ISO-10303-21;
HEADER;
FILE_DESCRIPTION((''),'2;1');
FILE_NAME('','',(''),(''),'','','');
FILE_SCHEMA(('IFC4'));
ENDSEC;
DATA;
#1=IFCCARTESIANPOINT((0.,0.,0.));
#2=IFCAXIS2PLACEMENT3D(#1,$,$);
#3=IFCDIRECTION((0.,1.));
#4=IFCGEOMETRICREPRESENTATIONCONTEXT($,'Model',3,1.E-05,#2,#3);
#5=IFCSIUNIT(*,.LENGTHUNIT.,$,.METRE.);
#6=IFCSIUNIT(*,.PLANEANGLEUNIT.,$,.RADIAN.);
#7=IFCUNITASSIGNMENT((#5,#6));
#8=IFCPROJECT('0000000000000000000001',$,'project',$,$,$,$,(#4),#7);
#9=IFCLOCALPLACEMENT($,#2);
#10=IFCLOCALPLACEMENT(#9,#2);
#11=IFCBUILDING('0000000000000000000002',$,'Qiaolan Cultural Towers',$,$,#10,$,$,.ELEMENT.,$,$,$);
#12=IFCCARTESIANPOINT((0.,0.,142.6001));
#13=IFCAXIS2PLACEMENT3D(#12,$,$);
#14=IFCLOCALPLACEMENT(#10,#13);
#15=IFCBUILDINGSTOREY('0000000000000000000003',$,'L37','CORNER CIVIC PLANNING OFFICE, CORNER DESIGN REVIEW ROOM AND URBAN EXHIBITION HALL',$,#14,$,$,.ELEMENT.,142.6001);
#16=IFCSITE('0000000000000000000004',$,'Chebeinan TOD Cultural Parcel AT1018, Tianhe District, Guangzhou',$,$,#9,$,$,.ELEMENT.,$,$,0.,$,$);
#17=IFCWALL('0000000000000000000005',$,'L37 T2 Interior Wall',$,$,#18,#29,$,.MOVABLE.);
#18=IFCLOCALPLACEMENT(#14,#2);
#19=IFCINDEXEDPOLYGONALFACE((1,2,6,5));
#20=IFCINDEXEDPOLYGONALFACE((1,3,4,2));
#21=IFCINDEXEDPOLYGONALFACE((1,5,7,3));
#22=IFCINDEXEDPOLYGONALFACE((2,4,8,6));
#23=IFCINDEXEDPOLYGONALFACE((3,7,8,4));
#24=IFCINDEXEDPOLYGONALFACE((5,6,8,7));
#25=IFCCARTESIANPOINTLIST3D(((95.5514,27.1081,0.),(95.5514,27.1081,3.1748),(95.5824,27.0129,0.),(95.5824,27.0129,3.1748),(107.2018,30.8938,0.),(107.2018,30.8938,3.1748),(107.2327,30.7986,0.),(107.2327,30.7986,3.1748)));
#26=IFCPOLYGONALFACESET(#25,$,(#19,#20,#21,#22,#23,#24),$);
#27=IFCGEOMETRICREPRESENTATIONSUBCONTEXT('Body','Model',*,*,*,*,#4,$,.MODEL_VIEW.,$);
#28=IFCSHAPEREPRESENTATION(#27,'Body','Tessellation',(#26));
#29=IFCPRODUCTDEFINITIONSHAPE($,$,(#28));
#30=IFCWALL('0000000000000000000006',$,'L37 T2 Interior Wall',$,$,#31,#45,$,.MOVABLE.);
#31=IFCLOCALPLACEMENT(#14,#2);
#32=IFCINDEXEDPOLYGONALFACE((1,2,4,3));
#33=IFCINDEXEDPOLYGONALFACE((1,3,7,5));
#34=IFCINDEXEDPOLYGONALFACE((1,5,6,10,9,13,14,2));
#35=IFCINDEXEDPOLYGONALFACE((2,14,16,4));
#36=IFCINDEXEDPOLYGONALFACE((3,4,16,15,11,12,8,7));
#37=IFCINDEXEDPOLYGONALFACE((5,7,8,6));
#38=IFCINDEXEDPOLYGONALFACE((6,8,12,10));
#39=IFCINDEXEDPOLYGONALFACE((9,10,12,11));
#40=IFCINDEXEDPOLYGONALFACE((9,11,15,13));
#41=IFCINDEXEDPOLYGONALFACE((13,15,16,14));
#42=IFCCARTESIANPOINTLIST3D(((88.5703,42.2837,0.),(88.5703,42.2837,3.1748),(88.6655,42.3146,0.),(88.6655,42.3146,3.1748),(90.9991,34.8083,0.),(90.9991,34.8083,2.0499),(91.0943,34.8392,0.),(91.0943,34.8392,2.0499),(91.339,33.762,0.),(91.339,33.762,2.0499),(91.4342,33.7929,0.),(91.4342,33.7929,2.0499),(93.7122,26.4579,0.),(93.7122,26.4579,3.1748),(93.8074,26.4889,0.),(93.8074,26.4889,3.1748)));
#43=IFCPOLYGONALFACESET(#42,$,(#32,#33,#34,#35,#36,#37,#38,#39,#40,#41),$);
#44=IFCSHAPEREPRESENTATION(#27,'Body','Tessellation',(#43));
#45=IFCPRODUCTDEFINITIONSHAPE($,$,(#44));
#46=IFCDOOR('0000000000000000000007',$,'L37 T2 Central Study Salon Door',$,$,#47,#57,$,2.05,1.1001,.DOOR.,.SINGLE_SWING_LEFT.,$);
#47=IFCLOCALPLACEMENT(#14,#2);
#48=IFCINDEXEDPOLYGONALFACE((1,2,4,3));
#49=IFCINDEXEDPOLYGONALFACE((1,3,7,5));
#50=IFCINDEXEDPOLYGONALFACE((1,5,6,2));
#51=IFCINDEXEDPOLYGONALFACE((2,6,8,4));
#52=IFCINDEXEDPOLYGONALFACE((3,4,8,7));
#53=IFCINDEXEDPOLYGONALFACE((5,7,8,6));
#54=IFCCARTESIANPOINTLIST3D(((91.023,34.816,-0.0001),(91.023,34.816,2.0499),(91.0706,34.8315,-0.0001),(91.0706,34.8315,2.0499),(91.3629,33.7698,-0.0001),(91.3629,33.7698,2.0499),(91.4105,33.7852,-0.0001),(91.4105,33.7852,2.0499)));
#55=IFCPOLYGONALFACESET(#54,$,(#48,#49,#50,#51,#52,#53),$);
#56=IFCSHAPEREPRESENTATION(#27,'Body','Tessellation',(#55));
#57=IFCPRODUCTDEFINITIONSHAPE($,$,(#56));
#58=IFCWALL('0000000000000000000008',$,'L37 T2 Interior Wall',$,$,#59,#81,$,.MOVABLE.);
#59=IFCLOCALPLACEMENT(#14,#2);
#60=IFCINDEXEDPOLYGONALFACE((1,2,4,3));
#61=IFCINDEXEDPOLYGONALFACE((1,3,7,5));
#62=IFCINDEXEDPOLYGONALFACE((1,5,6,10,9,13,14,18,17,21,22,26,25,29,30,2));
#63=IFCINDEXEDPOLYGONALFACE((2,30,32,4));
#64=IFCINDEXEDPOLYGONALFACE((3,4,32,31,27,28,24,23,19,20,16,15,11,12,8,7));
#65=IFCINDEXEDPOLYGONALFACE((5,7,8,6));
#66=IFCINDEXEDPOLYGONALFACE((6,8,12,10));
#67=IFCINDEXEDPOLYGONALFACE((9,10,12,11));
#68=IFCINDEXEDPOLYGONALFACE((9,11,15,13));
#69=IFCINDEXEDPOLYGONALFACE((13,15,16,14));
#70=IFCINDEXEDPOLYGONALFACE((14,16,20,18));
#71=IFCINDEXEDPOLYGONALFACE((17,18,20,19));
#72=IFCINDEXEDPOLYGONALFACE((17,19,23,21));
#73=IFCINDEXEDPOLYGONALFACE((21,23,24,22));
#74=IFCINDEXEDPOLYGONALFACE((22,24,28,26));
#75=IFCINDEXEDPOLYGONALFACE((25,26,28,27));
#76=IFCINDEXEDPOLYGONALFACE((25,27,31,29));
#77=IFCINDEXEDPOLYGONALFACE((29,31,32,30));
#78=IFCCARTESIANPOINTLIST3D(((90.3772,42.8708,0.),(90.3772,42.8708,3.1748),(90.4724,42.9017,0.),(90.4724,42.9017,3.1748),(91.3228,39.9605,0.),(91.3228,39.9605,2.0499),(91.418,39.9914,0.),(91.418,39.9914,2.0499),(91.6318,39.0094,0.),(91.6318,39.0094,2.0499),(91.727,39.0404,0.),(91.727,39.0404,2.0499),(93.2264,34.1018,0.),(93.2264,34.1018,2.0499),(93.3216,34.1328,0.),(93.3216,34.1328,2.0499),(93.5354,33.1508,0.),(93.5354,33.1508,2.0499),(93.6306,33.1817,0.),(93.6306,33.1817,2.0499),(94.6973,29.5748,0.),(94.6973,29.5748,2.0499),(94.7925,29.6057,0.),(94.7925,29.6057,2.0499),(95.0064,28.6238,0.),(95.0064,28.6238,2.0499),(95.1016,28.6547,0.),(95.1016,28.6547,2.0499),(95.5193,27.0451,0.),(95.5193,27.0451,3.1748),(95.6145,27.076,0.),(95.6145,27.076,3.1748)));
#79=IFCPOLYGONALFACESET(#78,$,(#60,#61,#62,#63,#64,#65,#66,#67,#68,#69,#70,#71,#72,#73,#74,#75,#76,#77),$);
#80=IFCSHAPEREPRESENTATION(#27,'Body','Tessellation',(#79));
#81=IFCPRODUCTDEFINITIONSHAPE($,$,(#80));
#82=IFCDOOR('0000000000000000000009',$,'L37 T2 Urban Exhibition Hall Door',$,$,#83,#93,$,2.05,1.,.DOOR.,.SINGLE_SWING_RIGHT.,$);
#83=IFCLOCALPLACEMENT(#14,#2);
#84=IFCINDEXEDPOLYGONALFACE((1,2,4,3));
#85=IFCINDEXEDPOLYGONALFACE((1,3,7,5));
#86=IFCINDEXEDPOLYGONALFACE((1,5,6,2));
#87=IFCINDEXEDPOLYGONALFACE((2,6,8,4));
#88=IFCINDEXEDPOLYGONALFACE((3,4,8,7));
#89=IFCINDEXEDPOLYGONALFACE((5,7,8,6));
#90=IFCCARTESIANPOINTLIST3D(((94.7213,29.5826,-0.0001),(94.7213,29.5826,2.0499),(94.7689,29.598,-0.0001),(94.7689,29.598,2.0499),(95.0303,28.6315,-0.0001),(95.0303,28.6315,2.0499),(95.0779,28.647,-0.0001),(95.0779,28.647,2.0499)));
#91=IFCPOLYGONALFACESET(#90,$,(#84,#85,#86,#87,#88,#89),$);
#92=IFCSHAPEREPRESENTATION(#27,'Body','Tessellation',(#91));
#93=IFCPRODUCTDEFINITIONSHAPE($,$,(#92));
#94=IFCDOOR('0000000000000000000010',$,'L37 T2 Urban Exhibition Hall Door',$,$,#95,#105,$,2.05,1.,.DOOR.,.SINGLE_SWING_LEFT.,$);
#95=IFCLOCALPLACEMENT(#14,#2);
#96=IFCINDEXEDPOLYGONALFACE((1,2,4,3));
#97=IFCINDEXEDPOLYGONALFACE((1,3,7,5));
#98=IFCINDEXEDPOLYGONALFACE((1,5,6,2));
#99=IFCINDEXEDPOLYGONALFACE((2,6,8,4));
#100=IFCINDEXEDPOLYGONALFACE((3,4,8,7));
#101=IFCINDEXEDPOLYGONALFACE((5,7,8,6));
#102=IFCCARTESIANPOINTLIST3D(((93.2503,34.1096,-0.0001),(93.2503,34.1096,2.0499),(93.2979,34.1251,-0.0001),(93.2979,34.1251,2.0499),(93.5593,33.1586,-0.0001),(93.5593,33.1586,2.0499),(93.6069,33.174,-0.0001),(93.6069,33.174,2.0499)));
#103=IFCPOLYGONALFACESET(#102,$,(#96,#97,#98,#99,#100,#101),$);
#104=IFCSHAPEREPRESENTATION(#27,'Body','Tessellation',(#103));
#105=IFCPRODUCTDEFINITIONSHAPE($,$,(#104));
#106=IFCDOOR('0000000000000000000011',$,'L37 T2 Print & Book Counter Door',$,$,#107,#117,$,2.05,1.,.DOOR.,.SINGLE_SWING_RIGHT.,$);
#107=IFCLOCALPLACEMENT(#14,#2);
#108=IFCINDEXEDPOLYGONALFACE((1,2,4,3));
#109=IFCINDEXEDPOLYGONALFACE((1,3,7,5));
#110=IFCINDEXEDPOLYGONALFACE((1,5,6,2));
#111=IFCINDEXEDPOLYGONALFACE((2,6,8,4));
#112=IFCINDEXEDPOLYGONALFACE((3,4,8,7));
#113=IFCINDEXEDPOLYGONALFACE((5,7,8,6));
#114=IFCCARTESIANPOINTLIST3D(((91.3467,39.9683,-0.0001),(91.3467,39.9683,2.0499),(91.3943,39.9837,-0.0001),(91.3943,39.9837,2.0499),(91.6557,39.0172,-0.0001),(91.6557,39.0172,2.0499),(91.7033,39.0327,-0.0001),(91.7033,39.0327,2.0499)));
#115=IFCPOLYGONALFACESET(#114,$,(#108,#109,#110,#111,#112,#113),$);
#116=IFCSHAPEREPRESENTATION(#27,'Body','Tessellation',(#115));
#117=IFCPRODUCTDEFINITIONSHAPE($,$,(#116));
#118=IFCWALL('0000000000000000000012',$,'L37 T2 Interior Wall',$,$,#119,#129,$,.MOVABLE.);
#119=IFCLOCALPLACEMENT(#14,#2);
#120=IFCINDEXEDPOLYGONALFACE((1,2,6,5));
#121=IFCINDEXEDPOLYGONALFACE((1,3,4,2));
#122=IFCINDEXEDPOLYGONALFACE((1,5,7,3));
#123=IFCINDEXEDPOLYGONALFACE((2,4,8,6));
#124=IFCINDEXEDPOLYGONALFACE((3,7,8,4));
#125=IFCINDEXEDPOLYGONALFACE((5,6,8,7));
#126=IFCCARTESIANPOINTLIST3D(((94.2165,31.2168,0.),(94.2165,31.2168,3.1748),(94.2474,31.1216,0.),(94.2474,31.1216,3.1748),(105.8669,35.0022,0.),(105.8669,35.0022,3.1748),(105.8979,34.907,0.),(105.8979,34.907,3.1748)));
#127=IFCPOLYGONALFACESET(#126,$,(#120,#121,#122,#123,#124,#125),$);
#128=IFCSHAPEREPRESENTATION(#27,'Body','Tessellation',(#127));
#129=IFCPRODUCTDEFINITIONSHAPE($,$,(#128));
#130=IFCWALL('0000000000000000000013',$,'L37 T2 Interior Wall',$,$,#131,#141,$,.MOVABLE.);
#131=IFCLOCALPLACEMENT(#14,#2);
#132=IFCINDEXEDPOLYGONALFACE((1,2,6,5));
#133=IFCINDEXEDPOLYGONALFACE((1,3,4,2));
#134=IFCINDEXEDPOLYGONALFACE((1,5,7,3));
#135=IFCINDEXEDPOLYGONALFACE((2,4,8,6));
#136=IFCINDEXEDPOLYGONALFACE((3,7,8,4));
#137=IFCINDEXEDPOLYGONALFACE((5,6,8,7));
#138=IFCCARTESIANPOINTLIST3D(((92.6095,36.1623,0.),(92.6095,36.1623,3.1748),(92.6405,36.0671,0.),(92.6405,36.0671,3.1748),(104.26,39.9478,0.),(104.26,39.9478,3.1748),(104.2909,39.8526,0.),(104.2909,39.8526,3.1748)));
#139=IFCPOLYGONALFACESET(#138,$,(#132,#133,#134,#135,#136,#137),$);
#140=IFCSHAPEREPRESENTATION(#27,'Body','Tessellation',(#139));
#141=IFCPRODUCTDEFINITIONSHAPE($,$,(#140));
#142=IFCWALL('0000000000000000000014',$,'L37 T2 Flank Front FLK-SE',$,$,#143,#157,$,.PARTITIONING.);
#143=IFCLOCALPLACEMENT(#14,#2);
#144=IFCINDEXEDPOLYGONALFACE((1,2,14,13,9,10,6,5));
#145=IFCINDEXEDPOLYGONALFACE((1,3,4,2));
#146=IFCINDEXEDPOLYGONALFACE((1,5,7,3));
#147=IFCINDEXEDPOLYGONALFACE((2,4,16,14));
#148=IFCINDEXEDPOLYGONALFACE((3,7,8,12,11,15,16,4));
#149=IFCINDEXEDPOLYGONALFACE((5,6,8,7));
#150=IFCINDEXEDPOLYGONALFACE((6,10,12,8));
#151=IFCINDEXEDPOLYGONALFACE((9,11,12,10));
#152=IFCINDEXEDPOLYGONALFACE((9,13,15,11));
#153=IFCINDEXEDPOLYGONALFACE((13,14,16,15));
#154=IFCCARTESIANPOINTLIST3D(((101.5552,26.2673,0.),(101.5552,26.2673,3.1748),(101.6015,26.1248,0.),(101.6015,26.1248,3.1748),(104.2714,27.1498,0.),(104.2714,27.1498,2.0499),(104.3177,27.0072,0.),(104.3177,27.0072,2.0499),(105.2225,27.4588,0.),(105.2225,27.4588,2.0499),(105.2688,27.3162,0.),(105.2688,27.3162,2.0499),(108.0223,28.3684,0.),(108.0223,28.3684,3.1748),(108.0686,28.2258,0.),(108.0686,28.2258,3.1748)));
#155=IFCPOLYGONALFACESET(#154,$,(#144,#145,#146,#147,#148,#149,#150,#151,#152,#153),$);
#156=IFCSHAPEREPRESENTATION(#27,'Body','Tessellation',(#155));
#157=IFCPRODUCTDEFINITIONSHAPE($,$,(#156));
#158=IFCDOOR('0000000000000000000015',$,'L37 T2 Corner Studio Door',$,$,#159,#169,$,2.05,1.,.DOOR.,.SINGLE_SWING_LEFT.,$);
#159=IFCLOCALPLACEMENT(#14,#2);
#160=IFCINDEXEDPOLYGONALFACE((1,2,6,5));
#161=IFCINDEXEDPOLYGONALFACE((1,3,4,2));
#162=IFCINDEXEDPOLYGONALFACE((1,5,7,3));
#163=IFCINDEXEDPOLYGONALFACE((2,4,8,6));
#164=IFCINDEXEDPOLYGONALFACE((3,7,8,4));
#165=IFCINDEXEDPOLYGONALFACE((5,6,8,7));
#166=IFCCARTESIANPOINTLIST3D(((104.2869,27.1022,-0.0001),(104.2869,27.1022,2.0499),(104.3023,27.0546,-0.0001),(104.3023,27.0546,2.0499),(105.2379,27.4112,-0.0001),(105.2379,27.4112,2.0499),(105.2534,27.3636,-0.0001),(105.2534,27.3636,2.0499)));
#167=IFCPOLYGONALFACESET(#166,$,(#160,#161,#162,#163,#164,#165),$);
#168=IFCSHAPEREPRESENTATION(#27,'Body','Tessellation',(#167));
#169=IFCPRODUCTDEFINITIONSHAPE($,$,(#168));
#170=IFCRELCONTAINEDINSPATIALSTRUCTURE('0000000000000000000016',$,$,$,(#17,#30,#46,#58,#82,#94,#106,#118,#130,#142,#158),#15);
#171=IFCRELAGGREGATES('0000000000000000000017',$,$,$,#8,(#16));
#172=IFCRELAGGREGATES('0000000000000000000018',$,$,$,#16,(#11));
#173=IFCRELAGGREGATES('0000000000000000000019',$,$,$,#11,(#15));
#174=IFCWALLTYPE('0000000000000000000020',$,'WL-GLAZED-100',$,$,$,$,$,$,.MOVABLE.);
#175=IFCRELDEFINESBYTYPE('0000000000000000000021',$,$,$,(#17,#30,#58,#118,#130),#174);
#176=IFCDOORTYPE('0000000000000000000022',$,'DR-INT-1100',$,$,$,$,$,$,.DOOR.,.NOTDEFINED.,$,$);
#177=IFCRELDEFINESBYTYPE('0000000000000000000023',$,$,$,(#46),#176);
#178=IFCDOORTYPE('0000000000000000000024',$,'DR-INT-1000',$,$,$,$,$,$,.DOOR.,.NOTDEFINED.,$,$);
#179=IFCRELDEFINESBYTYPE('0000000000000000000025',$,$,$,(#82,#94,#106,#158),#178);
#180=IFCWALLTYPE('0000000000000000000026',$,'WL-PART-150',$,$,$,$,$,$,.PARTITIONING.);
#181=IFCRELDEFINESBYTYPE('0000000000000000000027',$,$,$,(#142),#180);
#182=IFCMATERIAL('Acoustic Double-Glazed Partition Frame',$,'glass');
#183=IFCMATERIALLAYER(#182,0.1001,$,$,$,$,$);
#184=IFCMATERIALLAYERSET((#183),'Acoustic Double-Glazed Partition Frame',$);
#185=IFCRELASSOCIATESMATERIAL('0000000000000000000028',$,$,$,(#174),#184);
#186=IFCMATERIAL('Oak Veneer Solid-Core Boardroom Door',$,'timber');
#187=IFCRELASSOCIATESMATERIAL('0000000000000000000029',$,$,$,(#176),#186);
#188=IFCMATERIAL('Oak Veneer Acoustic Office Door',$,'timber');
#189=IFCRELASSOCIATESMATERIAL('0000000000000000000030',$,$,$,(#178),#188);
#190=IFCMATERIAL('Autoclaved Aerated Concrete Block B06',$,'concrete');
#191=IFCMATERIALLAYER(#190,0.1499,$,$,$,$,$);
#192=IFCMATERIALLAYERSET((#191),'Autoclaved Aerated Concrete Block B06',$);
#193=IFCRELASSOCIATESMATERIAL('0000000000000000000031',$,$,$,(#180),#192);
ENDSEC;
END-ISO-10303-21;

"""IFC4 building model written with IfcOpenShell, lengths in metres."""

from ifc_helpers import new_model, si_unit, direction, frame, frame_2d, origin, place, context, subcontext, project, spatial, rectangle, extrude, material, layer, layer_set, type_object, element, fill, save


model = new_model("IFC4")

# Units and contexts
model_context = context("Model", 3, precision=1e-05, world=origin(), true_north=direction((0.0, 1.0)))
body_context = subcontext(model_context, "Body", "Model", "MODEL_VIEW")
ifc_project = project(units=[si_unit("LENGTHUNIT", "METRE"), si_unit("PLANEANGLEUNIT", "RADIAN")], contexts=[model_context])

# Site, building, storey
site_placement = place(None, origin())
site = spatial("IfcSite", under=ifc_project, at=site_placement, Name="Chebeinan TOD Cultural Parcel AT1018, Tianhe District, Guangzhou", CompositionType="ELEMENT", RefElevation=0.0)
building_placement = place(site_placement, origin())
building = spatial("IfcBuilding", under=site, at=building_placement, Name="Qiaolan Cultural Towers", CompositionType="ELEMENT")
storey_placement = place(building_placement, frame((0.0, 0.0, 142.6001)))
storey = spatial("IfcBuildingStorey", under=building, at=storey_placement, Name="L37", Description="CORNER CIVIC PLANNING OFFICE, CORNER DESIGN REVIEW ROOM AND URBAN EXHIBITION HALL", CompositionType="ELEMENT", Elevation=142.6001)

# Wall
ifc_material_1 = material(Name="Acoustic Double-Glazed Partition Frame", Category="glass")
ifc_layer_1 = layer(ifc_material_1, 0.1001)
ifc_layer_set_1 = layer_set([ifc_layer_1], Name="Acoustic Double-Glazed Partition Frame")
wall_type_1 = type_object("IfcWallType", Name="WL-GLAZED-100", PredefinedType="MOVABLE", material=ifc_layer_set_1)
wall_1_placement = place(storey_placement, frame((95.5669, 27.0605, 0.0), z_axis=(0.0, 0.0, 1.0), x_axis=(0.951052, 0.309032, 0.0)))
element("IfcWall", 1, at=wall_1_placement, inside=storey, type_object=wall_type_1, Name="L37 T2 Interior Wall", PredefinedType="MOVABLE", context=body_context, shape_type="SweptSolid", body=[
    extrude(rectangle(XDim=12.25, YDim=0.1001, at=frame_2d((6.125, 0.0))), origin(), (0.0, 0.0, 1.0), 3.1748),
])

# Wall, opening, door
wall_2_placement = place(storey_placement, frame((93.7598, 26.4734, 0.0), z_axis=(0.0, 0.0, 1.0), x_axis=(-0.309004, 0.951061, 0.0)))
wall_2 = element("IfcWall", 2, at=wall_2_placement, inside=storey, type_object=wall_type_1, Name="L37 T2 Interior Wall", PredefinedType="MOVABLE", context=body_context, shape_type="SweptSolid", body=[
    extrude(rectangle(XDim=16.6401, YDim=0.1001, at=frame_2d((8.3201, 0.0))), origin(), (0.0, 0.0, 1.0), 3.1748),
])
opening_1_placement = place(wall_2_placement, frame((7.6799, 0.0, 0.0)))
opening_1 = element("IfcOpeningElement", 3, at=opening_1_placement, cuts=wall_2, PredefinedType="OPENING", context=body_context, shape_type="SweptSolid", body=[
    extrude(rectangle(XDim=1.1001, YDim=2.05, at=frame_2d((0.55, 1.0249))), frame((0.0, 0.0601, 0.0), z_axis=(0.0, -1.0, 0.0), x_axis=(1.0, 0.0, 0.0)), (0.0, 0.0, 1.0), 0.1201),
])
ifc_material_2 = material(Name="Oak Veneer Solid-Core Boardroom Door", Category="timber")
door_type_1 = type_object("IfcDoorType", Name="DR-INT-1100", OperationType="NOTDEFINED", PredefinedType="DOOR", material=ifc_material_2)
door_1_placement = place(opening_1_placement, origin())
door_1 = element("IfcDoor", 4, at=door_1_placement, inside=storey, type_object=door_type_1, Name="L37 T2 Central Study Salon Door", OperationType="SINGLE_SWING_LEFT", OverallHeight=2.05, OverallWidth=1.1001, PredefinedType="DOOR", context=body_context, shape_type="SweptSolid", body=[
    extrude(rectangle(XDim=1.1001, YDim=2.05, at=frame_2d((0.55, 1.0249))), frame((0.0, 0.0249, 0.0), z_axis=(0.0, -1.0, 0.0), x_axis=(1.0, 0.0, 0.0)), (0.0, 0.0, 1.0), 0.05),
])
fill(opening_1, door_1)

# Wall, openings, doors
wall_3_placement = place(storey_placement, frame((95.5669, 27.0605, 0.0), z_axis=(0.0, 0.0, 1.0), x_axis=(-0.309018, 0.951056, 0.0)))
wall_3 = element("IfcWall", 5, at=wall_3_placement, inside=storey, type_object=wall_type_1, Name="L37 T2 Interior Wall", PredefinedType="MOVABLE", context=body_context, shape_type="SweptSolid", body=[
    extrude(rectangle(XDim=16.6401, YDim=0.1001, at=frame_2d((8.3201, 0.0))), origin(), (0.0, 0.0, 1.0), 3.1748),
])
opening_2_placement = place(wall_3_placement, frame((1.6599, 0.0, 0.0)))
opening_2 = element("IfcOpeningElement", 6, at=opening_2_placement, cuts=wall_3, PredefinedType="OPENING", context=body_context, shape_type="SweptSolid", body=[
    extrude(rectangle(XDim=1.0, YDim=2.05, at=frame_2d((0.5, 1.0249))), frame((0.0, 0.0601, 0.0), z_axis=(0.0, -1.0, 0.0), x_axis=(1.0, 0.0, 0.0)), (0.0, 0.0, 1.0), 0.1201),
])
opening_3_placement = place(wall_3_placement, frame((6.4199, 0.0, 0.0)))
opening_3 = element("IfcOpeningElement", 7, at=opening_3_placement, cuts=wall_3, PredefinedType="OPENING", context=body_context, shape_type="SweptSolid", body=[
    extrude(rectangle(XDim=1.0, YDim=2.05, at=frame_2d((0.5, 1.0249))), frame((0.0, 0.0601, 0.0), z_axis=(0.0, -1.0, 0.0), x_axis=(1.0, 0.0, 0.0)), (0.0, 0.0, 1.0), 0.1201),
])
opening_4_placement = place(wall_3_placement, frame((12.5801, 0.0, 0.0)))
opening_4 = element("IfcOpeningElement", 8, at=opening_4_placement, cuts=wall_3, PredefinedType="OPENING", context=body_context, shape_type="SweptSolid", body=[
    extrude(rectangle(XDim=1.0, YDim=2.05, at=frame_2d((0.5, 1.0249))), frame((0.0, 0.0601, 0.0), z_axis=(0.0, -1.0, 0.0), x_axis=(1.0, 0.0, 0.0)), (0.0, 0.0, 1.0), 0.1201),
])
ifc_material_3 = material(Name="Oak Veneer Acoustic Office Door", Category="timber")
door_type_2 = type_object("IfcDoorType", Name="DR-INT-1000", OperationType="NOTDEFINED", PredefinedType="DOOR", material=ifc_material_3)
door_2_placement = place(opening_2_placement, origin())
door_2 = element("IfcDoor", 9, at=door_2_placement, inside=storey, type_object=door_type_2, Name="L37 T2 Urban Exhibition Hall Door", OperationType="SINGLE_SWING_RIGHT", OverallHeight=2.05, OverallWidth=1.0, PredefinedType="DOOR", context=body_context, shape_type="SweptSolid", body=[
    extrude(rectangle(XDim=1.0, YDim=2.05, at=frame_2d((0.5, 1.0249))), frame((0.0, 0.0249, 0.0), z_axis=(0.0, -1.0, 0.0), x_axis=(1.0, 0.0, 0.0)), (0.0, 0.0, 1.0), 0.05),
])
fill(opening_2, door_2)
door_3_placement = place(opening_3_placement, origin())
door_3 = element("IfcDoor", 10, at=door_3_placement, inside=storey, type_object=door_type_2, Name="L37 T2 Urban Exhibition Hall Door", OperationType="SINGLE_SWING_LEFT", OverallHeight=2.05, OverallWidth=1.0, PredefinedType="DOOR", context=body_context, shape_type="SweptSolid", body=[
    extrude(rectangle(XDim=1.0, YDim=2.05, at=frame_2d((0.5, 1.0249))), frame((0.0, 0.0249, 0.0), z_axis=(0.0, -1.0, 0.0), x_axis=(1.0, 0.0, 0.0)), (0.0, 0.0, 1.0), 0.05),
])
fill(opening_3, door_3)
door_4_placement = place(opening_4_placement, origin())
door_4 = element("IfcDoor", 11, at=door_4_placement, inside=storey, type_object=door_type_2, Name="L37 T2 Print & Book Counter Door", OperationType="SINGLE_SWING_RIGHT", OverallHeight=2.05, OverallWidth=1.0, PredefinedType="DOOR", context=body_context, shape_type="SweptSolid", body=[
    extrude(rectangle(XDim=1.0, YDim=2.05, at=frame_2d((0.5, 1.0249))), frame((0.0, 0.0249, 0.0), z_axis=(0.0, -1.0, 0.0), x_axis=(1.0, 0.0, 0.0)), (0.0, 0.0, 1.0), 0.05),
])
fill(opening_4, door_4)

# Walls
for number, where, z_axis, x_axis, name in (
    (12, (94.2319, 31.1692, 0.0), (0.0, 0.0, 1.0), (0.951057, 0.309014, 0.0), "L37 T2 Interior Wall"),
    (13, (92.625, 36.1147, 0.0), (0.0, 0.0, 1.0), (0.951057, 0.309014, 0.0), "L37 T2 Interior Wall"),
):
    element("IfcWall", number, at=place(storey_placement, frame(where, z_axis=z_axis, x_axis=x_axis)), inside=storey, type_object=wall_type_1, Name=name, PredefinedType="MOVABLE", context=body_context, shape_type="SweptSolid", body=[
        extrude(rectangle(XDim=12.25, YDim=0.1001, at=frame_2d((6.125, 0.0))), origin(), (0.0, 0.0, 1.0), 3.1748),
    ])

# Wall, opening, door
ifc_material_4 = material(Name="Autoclaved Aerated Concrete Block B06", Category="concrete")
ifc_layer_2 = layer(ifc_material_4, 0.1499)
ifc_layer_set_2 = layer_set([ifc_layer_2], Name="Autoclaved Aerated Concrete Block B06")
wall_type_2 = type_object("IfcWallType", Name="WL-PART-150", PredefinedType="PARTITIONING", material=ifc_layer_set_2)
wall_4_placement = place(storey_placement, frame((101.5784, 26.196, 0.0), z_axis=(0.0, 0.0, 1.0), x_axis=(0.951065, 0.308991, 0.0)))
wall_4 = element("IfcWall", 14, at=wall_4_placement, inside=storey, type_object=wall_type_2, Name="L37 T2 Flank Front FLK-SE", PredefinedType="PARTITIONING", context=body_context, shape_type="SweptSolid", body=[
    extrude(rectangle(XDim=6.7998, YDim=0.1499, at=frame_2d((3.3999, 0.0))), origin(), (0.0, 0.0, 1.0), 3.1748),
])
opening_5_placement = place(wall_4_placement, frame((2.856, 0.0, 0.0)))
opening_5 = element("IfcOpeningElement", 15, at=opening_5_placement, cuts=wall_4, PredefinedType="OPENING", context=body_context, shape_type="SweptSolid", body=[
    extrude(rectangle(XDim=1.0, YDim=2.05, at=frame_2d((0.5, 1.0249))), frame((0.0, 0.085, 0.0), z_axis=(0.0, -1.0, 0.0), x_axis=(1.0, 0.0, 0.0)), (0.0, 0.0, 1.0), 0.1699),
])
door_5_placement = place(opening_5_placement, origin())
door_5 = element("IfcDoor", 16, at=door_5_placement, inside=storey, type_object=door_type_2, Name="L37 T2 Corner Studio Door", OperationType="SINGLE_SWING_LEFT", OverallHeight=2.05, OverallWidth=1.0, PredefinedType="DOOR", context=body_context, shape_type="SweptSolid", body=[
    extrude(rectangle(XDim=1.0, YDim=2.05, at=frame_2d((0.5, 1.0249))), frame((0.0, 0.0249, 0.0), z_axis=(0.0, -1.0, 0.0), x_axis=(1.0, 0.0, 0.0)), (0.0, 0.0, 1.0), 0.05),
])
fill(opening_5, door_5)

save(model, "model.ifc")
